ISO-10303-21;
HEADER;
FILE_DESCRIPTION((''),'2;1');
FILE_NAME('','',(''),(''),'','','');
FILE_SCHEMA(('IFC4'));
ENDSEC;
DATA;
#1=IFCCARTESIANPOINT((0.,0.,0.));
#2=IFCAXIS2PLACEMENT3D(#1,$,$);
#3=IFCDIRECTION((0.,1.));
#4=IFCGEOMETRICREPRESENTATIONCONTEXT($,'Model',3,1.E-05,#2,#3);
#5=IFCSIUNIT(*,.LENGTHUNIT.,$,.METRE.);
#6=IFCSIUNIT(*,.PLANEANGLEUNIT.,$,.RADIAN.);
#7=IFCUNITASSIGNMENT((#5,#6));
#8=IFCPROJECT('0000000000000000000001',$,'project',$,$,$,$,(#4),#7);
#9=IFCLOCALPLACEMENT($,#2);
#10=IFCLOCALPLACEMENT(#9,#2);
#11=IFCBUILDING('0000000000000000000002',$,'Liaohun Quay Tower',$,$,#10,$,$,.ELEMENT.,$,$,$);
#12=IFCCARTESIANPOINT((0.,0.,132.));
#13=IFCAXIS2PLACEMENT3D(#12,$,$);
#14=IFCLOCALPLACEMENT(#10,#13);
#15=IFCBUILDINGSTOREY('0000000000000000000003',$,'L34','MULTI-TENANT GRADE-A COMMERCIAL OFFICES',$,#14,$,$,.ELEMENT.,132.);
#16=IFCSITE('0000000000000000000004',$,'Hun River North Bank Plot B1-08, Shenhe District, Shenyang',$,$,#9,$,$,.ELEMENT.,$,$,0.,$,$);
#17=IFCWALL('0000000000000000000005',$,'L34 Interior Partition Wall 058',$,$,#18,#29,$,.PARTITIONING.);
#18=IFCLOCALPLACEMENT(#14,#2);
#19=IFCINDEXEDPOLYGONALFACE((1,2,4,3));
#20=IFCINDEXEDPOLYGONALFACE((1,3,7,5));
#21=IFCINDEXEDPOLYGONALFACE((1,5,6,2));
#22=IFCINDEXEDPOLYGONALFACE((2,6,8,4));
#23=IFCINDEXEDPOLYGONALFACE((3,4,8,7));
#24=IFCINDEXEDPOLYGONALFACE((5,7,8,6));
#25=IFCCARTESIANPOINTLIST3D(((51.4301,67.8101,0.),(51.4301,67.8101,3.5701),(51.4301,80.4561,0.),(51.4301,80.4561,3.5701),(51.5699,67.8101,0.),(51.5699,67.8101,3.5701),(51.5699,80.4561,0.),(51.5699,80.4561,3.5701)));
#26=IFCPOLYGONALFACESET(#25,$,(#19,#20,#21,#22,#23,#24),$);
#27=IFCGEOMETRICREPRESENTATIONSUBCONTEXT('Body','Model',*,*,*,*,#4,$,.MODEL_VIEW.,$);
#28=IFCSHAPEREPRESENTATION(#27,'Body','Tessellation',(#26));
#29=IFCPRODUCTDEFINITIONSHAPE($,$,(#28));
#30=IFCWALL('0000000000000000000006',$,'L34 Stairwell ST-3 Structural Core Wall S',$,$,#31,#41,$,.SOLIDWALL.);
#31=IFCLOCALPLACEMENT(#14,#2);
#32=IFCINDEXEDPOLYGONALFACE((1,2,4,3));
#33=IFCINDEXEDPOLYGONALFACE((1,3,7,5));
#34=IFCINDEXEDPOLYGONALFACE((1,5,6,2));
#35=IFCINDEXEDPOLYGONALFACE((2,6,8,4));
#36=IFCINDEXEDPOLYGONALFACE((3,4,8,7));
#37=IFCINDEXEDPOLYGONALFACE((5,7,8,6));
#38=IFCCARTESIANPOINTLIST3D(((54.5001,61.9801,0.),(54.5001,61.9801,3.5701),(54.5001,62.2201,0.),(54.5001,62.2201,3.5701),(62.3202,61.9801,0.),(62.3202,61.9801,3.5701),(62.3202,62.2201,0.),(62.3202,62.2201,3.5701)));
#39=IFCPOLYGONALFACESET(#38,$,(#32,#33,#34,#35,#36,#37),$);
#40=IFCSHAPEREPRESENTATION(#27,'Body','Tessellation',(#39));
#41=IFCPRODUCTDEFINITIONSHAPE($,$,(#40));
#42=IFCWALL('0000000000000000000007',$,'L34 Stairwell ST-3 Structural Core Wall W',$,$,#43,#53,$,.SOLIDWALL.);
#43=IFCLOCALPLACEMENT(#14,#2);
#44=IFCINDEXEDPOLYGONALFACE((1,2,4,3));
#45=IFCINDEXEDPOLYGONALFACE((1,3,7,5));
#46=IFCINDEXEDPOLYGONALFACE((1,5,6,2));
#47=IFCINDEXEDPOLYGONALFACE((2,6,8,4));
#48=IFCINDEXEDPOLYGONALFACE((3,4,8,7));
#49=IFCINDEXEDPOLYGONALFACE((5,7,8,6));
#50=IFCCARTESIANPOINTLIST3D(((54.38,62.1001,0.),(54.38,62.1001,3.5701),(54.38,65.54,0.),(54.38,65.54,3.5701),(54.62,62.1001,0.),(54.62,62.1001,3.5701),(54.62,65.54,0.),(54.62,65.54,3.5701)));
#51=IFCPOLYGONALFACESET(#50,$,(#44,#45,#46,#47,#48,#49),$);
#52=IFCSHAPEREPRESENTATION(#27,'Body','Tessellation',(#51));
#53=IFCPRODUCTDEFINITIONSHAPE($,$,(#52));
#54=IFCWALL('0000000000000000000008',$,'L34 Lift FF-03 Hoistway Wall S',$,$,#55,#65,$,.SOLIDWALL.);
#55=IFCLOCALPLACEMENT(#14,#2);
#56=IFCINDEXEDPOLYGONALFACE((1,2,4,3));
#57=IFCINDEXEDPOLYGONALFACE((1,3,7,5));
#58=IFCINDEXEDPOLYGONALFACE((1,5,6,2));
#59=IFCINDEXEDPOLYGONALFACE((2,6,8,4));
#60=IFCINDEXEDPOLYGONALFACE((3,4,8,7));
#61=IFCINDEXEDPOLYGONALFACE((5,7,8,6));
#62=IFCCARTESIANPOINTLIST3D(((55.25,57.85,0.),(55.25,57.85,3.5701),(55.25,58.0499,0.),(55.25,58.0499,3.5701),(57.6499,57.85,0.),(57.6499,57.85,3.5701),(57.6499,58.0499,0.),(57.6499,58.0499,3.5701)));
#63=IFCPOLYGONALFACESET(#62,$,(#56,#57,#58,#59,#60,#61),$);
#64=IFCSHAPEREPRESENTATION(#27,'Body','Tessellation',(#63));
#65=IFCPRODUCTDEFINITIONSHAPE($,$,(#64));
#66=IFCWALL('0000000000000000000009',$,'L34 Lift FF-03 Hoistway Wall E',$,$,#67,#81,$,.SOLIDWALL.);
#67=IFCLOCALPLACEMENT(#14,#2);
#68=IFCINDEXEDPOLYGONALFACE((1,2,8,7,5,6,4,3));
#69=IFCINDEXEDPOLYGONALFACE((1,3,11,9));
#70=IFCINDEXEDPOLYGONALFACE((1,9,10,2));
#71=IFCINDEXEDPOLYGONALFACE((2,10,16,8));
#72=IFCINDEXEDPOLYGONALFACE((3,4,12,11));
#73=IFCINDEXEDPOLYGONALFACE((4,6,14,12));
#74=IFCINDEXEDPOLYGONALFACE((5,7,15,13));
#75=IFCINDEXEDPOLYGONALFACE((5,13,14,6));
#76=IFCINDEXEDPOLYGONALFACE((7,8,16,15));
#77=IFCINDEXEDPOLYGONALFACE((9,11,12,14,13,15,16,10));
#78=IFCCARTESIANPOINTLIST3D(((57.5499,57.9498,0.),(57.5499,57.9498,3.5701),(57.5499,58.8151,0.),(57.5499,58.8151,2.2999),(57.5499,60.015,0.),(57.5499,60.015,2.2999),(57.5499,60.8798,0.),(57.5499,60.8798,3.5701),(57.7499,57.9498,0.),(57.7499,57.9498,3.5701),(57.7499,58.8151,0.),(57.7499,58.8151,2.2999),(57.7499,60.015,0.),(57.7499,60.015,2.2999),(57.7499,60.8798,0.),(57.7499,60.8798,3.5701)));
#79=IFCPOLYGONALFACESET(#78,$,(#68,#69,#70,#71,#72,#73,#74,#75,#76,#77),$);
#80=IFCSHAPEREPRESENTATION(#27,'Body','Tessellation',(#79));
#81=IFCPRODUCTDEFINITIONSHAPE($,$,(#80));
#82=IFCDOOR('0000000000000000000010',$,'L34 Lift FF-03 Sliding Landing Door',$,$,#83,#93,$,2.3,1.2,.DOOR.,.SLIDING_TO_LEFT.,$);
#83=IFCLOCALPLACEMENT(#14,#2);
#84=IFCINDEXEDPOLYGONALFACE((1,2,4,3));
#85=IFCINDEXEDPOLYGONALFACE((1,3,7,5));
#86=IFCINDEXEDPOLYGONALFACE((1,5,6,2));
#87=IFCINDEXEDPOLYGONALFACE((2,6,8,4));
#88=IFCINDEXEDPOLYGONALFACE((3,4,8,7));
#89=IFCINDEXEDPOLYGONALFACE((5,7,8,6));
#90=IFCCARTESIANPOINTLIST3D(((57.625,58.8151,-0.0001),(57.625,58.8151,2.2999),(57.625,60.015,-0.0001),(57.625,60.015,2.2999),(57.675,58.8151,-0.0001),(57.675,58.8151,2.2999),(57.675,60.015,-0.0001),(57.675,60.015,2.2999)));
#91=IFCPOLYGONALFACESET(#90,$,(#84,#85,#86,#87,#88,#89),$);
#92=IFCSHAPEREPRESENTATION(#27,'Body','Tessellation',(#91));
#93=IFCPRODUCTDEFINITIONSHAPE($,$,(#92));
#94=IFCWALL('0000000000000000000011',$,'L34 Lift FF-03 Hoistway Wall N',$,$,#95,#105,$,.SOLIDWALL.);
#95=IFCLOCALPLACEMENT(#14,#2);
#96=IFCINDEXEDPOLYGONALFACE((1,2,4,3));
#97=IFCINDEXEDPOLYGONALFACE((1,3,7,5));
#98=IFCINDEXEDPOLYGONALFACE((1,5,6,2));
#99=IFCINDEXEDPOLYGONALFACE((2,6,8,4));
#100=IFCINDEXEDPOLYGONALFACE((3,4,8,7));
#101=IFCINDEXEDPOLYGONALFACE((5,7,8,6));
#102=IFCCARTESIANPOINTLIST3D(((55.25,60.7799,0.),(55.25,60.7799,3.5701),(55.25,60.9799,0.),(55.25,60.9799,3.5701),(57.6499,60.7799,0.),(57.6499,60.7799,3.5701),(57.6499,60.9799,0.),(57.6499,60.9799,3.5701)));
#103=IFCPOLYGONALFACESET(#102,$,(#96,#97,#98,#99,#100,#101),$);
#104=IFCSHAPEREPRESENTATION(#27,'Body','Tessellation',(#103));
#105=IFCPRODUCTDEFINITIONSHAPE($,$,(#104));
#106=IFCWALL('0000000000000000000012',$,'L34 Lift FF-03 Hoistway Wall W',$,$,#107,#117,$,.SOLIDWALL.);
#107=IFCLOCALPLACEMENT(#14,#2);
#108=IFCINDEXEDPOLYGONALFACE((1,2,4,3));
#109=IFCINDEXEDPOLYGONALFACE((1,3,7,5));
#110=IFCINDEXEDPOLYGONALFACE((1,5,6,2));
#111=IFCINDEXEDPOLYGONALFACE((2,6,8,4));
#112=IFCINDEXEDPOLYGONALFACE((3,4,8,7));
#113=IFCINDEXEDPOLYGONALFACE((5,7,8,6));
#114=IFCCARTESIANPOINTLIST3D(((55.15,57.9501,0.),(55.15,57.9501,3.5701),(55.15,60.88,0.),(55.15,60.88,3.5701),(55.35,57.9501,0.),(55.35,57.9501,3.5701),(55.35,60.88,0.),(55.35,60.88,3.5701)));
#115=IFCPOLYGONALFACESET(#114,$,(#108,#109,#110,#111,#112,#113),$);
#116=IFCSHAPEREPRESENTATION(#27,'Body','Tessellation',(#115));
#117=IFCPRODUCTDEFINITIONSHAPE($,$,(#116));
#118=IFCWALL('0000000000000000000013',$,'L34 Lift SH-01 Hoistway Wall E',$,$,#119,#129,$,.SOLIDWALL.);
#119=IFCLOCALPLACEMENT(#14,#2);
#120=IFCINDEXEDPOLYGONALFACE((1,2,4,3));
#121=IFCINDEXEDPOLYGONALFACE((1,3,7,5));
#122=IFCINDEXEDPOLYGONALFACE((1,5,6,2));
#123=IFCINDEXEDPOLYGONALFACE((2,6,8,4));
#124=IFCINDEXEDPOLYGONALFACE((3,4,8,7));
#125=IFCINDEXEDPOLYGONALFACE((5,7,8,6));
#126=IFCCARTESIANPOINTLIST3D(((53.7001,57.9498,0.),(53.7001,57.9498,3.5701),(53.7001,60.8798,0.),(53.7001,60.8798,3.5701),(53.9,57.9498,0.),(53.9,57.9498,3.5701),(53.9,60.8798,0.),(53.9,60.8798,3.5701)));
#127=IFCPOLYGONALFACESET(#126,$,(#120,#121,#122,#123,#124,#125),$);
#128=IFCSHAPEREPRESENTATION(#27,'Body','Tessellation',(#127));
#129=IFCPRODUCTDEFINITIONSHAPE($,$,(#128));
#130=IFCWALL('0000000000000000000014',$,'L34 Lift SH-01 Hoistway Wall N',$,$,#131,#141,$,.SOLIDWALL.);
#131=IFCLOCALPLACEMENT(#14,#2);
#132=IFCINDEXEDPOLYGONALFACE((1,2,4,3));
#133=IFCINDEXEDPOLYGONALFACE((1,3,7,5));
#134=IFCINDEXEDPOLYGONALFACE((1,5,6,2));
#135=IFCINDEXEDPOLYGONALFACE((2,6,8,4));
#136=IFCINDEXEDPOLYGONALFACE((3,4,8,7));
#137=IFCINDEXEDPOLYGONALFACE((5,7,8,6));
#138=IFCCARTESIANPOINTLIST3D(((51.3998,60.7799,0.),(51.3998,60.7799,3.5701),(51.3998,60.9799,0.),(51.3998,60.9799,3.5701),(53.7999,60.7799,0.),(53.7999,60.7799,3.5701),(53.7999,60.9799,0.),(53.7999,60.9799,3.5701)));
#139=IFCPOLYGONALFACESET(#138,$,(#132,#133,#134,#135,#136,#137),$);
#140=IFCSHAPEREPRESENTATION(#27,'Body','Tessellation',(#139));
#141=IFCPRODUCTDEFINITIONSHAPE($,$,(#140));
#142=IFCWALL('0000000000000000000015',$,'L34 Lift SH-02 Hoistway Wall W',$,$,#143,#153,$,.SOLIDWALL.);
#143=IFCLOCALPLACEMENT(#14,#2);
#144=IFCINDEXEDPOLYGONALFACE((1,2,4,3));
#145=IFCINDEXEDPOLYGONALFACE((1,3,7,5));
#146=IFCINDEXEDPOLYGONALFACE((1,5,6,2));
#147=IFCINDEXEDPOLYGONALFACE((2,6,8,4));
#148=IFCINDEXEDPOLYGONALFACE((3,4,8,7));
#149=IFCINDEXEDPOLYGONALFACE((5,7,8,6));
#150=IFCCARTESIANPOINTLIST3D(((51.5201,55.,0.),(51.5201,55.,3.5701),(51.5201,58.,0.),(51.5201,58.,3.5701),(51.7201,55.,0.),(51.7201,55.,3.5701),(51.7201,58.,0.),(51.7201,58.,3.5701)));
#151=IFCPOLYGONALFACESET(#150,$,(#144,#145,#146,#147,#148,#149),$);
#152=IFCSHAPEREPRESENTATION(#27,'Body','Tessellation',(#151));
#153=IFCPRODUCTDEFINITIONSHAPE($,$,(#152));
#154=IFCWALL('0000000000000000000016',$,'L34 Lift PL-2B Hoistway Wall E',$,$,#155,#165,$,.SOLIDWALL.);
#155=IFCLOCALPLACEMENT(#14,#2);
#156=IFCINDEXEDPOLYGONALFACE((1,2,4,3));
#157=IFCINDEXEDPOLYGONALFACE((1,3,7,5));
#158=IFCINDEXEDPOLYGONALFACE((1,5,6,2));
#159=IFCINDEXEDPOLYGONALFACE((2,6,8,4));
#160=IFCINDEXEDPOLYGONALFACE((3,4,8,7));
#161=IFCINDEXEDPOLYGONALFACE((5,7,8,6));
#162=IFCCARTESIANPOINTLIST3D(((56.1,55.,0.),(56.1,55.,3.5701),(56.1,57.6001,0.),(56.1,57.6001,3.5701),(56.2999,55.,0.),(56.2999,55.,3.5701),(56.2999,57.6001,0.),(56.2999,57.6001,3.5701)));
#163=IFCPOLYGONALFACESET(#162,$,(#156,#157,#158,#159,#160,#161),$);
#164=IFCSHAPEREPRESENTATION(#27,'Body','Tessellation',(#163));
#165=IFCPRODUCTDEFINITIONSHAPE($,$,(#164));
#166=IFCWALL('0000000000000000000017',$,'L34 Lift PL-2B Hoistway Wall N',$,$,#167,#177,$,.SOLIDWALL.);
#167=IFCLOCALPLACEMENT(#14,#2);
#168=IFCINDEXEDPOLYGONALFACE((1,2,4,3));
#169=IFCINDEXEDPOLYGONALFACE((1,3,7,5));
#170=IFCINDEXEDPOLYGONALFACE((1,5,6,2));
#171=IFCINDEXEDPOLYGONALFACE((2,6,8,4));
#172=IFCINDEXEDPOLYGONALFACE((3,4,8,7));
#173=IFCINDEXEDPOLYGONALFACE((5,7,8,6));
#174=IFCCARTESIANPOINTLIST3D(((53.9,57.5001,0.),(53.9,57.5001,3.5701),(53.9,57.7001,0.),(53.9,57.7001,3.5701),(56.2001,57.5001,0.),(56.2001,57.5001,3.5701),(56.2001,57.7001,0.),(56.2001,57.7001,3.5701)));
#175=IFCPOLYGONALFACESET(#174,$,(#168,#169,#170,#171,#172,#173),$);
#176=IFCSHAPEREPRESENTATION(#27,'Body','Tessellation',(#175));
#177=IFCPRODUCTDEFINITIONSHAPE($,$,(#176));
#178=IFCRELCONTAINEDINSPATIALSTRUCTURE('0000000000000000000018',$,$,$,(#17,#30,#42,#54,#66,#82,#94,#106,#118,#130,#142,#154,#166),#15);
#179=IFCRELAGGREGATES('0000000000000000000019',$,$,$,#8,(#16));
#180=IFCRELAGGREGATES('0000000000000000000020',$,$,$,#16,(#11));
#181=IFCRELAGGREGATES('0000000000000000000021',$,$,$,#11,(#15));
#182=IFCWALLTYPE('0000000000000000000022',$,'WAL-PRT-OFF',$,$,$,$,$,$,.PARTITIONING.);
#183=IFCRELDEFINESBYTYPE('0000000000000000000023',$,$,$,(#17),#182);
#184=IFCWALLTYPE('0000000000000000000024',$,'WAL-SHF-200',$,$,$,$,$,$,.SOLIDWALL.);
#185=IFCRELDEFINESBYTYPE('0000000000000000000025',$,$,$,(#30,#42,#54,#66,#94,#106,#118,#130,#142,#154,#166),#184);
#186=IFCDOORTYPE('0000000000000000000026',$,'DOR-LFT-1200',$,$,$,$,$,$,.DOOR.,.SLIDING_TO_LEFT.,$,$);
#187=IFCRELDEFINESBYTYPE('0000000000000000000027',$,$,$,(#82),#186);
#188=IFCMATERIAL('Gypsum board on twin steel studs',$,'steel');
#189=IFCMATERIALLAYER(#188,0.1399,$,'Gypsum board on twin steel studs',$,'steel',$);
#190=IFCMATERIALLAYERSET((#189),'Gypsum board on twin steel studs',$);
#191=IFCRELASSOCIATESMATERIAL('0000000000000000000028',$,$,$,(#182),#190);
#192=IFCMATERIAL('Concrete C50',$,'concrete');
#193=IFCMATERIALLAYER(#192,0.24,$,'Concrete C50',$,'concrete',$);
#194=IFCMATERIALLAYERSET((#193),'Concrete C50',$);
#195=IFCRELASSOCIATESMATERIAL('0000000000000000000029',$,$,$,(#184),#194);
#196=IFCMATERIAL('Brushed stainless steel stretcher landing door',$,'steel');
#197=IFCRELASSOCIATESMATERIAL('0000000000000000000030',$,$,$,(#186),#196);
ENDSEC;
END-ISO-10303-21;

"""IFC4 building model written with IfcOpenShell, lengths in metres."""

from ifc_helpers import new_model, si_unit, direction, frame, frame_2d, origin, place, context, subcontext, project, spatial, rectangle, extrude, source, transform, mapped, material, layer, layer_set, type_object, element, fill, save


model = new_model("IFC4")

# Units and contexts
model_context = context("Model", 3, precision=1e-05, world=origin(), true_north=direction((0.0, 1.0)))
body_context = subcontext(model_context, "Body", "Model", "MODEL_VIEW")
ifc_project = project(units=[si_unit("LENGTHUNIT", "METRE"), si_unit("PLANEANGLEUNIT", "RADIAN")], contexts=[model_context])

# Site, building, storey
site_placement = place(None, origin())
site = spatial("IfcSite", under=ifc_project, at=site_placement, Name="Hun River North Bank Plot B1-08, Shenhe District, Shenyang", CompositionType="ELEMENT", RefElevation=0.0)
building_placement = place(site_placement, origin())
building = spatial("IfcBuilding", under=site, at=building_placement, Name="Liaohun Quay Tower", CompositionType="ELEMENT")
storey_placement = place(building_placement, frame((0.0, 0.0, 132.0)))
storey = spatial("IfcBuildingStorey", under=building, at=storey_placement, Name="L34", Description="MULTI-TENANT GRADE-A COMMERCIAL OFFICES", CompositionType="ELEMENT", Elevation=132.0)

# Walls
ifc_material_1 = material(Name="Gypsum board on twin steel studs", Category="steel")
ifc_layer_1 = layer(ifc_material_1, 0.1399, Name="Gypsum board on twin steel studs", Category="steel")
ifc_layer_set_1 = layer_set([ifc_layer_1], Name="Gypsum board on twin steel studs")
wall_type_1 = type_object("IfcWallType", Name="WAL-PRT-OFF", PredefinedType="PARTITIONING", material=ifc_layer_set_1)
wall_1_placement = place(storey_placement, frame((51.5, 67.8101, 0.0), z_axis=(0.0, 0.0, 1.0), x_axis=(0.0, 1.0, 0.0)))
element("IfcWall", 1, at=wall_1_placement, inside=storey, type_object=wall_type_1, Name="L34 Interior Partition Wall 058", PredefinedType="PARTITIONING", context=body_context, shape_type="SweptSolid", body=[
    extrude(rectangle(XDim=12.646, YDim=0.1399, at=frame_2d((6.323, 0.0))), origin(), (0.0, 0.0, 1.0), 3.5701),
])
ifc_material_2 = material(Name="Concrete C50", Category="concrete")
ifc_layer_2 = layer(ifc_material_2, 0.24, Name="Concrete C50", Category="concrete")
ifc_layer_set_2 = layer_set([ifc_layer_2], Name="Concrete C50")
wall_type_2 = type_object("IfcWallType", Name="WAL-SHF-200", PredefinedType="SOLIDWALL", material=ifc_layer_set_2)
wall_2_placement = place(storey_placement, frame((54.5, 62.1001, 0.0), z_axis=(0.0, 0.0, 1.0), x_axis=(1.0, 0.0, 0.0)))
element("IfcWall", 2, at=wall_2_placement, inside=storey, type_object=wall_type_2, Name="L34 Stairwell ST-3 Structural Core Wall S", PredefinedType="SOLIDWALL", context=body_context, shape_type="SweptSolid", body=[
    extrude(rectangle(XDim=7.8201, YDim=0.24, at=frame_2d((3.9102, 0.0))), origin(), (0.0, 0.0, 1.0), 3.5701),
])
wall_3_placement = place(storey_placement, frame((54.5, 65.54, 0.0), z_axis=(0.0, 0.0, 1.0), x_axis=(0.0, -1.0, 0.0)))
element("IfcWall", 3, at=wall_3_placement, inside=storey, type_object=wall_type_2, Name="L34 Stairwell ST-3 Structural Core Wall W", PredefinedType="SOLIDWALL", context=body_context, shape_type="SweptSolid", body=[
    extrude(rectangle(XDim=3.4399, YDim=0.24, at=frame_2d((1.72, 0.0))), origin(), (0.0, 0.0, 1.0), 3.5701),
])
wall_4_placement = place(storey_placement, frame((55.25, 57.95, 0.0), z_axis=(0.0, 0.0, 1.0), x_axis=(1.0, 0.0, 0.0)))
element("IfcWall", 4, at=wall_4_placement, inside=storey, type_object=wall_type_2, Name="L34 Lift FF-03 Hoistway Wall S", PredefinedType="SOLIDWALL", context=body_context, shape_type="SweptSolid", body=[
    extrude(rectangle(XDim=2.3999, YDim=0.2, at=frame_2d((1.2, 0.0))), origin(), (0.0, 0.0, 1.0), 3.5701),
])

# Wall, opening, door
wall_5_placement = place(storey_placement, frame((57.6499, 57.95, 0.0), z_axis=(0.0, 0.0, 1.0), x_axis=(0.0, 1.0, 0.0)))
wall_5 = element("IfcWall", 5, at=wall_5_placement, inside=storey, type_object=wall_type_2, Name="L34 Lift FF-03 Hoistway Wall E", PredefinedType="SOLIDWALL", context=body_context, shape_type="SweptSolid", body=[
    extrude(rectangle(XDim=2.9299, YDim=0.2, at=frame_2d((1.4648, 0.0))), origin(), (0.0, 0.0, 1.0), 3.5701),
])
shared_shape_1 = source(origin(), body_context, "Body", "SweptSolid", [
    extrude(rectangle(XDim=1.2, YDim=2.3, at=frame_2d((0.6001, 1.1499))), frame((0.0, 0.1099, 0.0), z_axis=(0.0, -1.0, 0.0), x_axis=(1.0, 0.0, 0.0)), (0.0, 0.0, 1.0), 0.22),
])
opening_1_placement = place(wall_5_placement, frame((0.865, 0.0, 0.0)))
opening_1 = element("IfcOpeningElement", 6, at=opening_1_placement, cuts=wall_5, PredefinedType="OPENING", context=body_context, shape_type="MappedRepresentation", body=[
    mapped(shared_shape_1, transform((0.0, 0.0, 0.0), x_axis=(1.0, 0.0, 0.0), y_axis=(0.0, 1.0, 0.0), z_axis=(0.0, 0.0, 1.0), scale=1.0)),
])
ifc_material_3 = material(Name="Brushed stainless steel stretcher landing door", Category="steel")
door_type_1 = type_object("IfcDoorType", Name="DOR-LFT-1200", OperationType="SLIDING_TO_LEFT", PredefinedType="DOOR", material=ifc_material_3)
shared_shape_2 = source(origin(), body_context, "Body", "SweptSolid", [
    extrude(rectangle(XDim=1.2, YDim=2.3, at=frame_2d((0.6001, 1.1499))), frame((0.0, 0.0249, 0.0), z_axis=(0.0, -1.0, 0.0), x_axis=(1.0, 0.0, 0.0)), (0.0, 0.0, 1.0), 0.05),
])
door_1_placement = place(opening_1_placement, origin())
door_1 = element("IfcDoor", 7, at=door_1_placement, inside=storey, type_object=door_type_1, Name="L34 Lift FF-03 Sliding Landing Door", OperationType="SLIDING_TO_LEFT", OverallHeight=2.3, OverallWidth=1.2, PredefinedType="DOOR", context=body_context, shape_type="MappedRepresentation", body=[
    mapped(shared_shape_2, transform((0.0, 0.0, 0.0), x_axis=(1.0, 0.0, 0.0), y_axis=(0.0, 1.0, 0.0), z_axis=(0.0, 0.0, 1.0), scale=1.0)),
])
fill(opening_1, door_1)

# Walls
wall_6_placement = place(storey_placement, frame((57.6499, 60.8799, 0.0), z_axis=(0.0, 0.0, 1.0), x_axis=(-1.0, 0.0, 0.0)))
element("IfcWall", 8, at=wall_6_placement, inside=storey, type_object=wall_type_2, Name="L34 Lift FF-03 Hoistway Wall N", PredefinedType="SOLIDWALL", context=body_context, shape_type="SweptSolid", body=[
    extrude(rectangle(XDim=2.3999, YDim=0.2, at=frame_2d((1.2, 0.0))), origin(), (0.0, 0.0, 1.0), 3.5701),
])
for number, where, z_axis, x_axis, name in (
    (9, (55.25, 60.8799, 0.0), (0.0, 0.0, 1.0), (0.0, -1.0, 0.0), "L34 Lift FF-03 Hoistway Wall W"),
    (10, (53.8, 57.95, 0.0), (0.0, 0.0, 1.0), (0.0, 1.0, 0.0), "L34 Lift SH-01 Hoistway Wall E"),
):
    element("IfcWall", number, at=place(storey_placement, frame(where, z_axis=z_axis, x_axis=x_axis)), inside=storey, type_object=wall_type_2, Name=name, PredefinedType="SOLIDWALL", context=body_context, shape_type="SweptSolid", body=[
        extrude(rectangle(XDim=2.9299, YDim=0.2, at=frame_2d((1.4648, 0.0))), origin(), (0.0, 0.0, 1.0), 3.5701),
    ])
wall_7_placement = place(storey_placement, frame((53.8, 60.8799, 0.0), z_axis=(0.0, 0.0, 1.0), x_axis=(-1.0, 0.0, 0.0)))
element("IfcWall", 11, at=wall_7_placement, inside=storey, type_object=wall_type_2, Name="L34 Lift SH-01 Hoistway Wall N", PredefinedType="SOLIDWALL", context=body_context, shape_type="SweptSolid", body=[
    extrude(rectangle(XDim=2.4001, YDim=0.2, at=frame_2d((1.2002, 0.0))), origin(), (0.0, 0.0, 1.0), 3.5701),
])
wall_8_placement = place(storey_placement, frame((51.6201, 58.0, 0.0), z_axis=(0.0, 0.0, 1.0), x_axis=(0.0, -1.0, 0.0)))
element("IfcWall", 12, at=wall_8_placement, inside=storey, type_object=wall_type_2, Name="L34 Lift SH-02 Hoistway Wall W", PredefinedType="SOLIDWALL", context=body_context, shape_type="SweptSolid", body=[
    extrude(rectangle(XDim=3.0, YDim=0.2, at=frame_2d((1.5, 0.0))), origin(), (0.0, 0.0, 1.0), 3.5701),
])
wall_9_placement = place(storey_placement, frame((56.2, 55.0, 0.0), z_axis=(0.0, 0.0, 1.0), x_axis=(0.0, 1.0, 0.0)))
element("IfcWall", 13, at=wall_9_placement, inside=storey, type_object=wall_type_2, Name="L34 Lift PL-2B Hoistway Wall E", PredefinedType="SOLIDWALL", context=body_context, shape_type="SweptSolid", body=[
    extrude(rectangle(XDim=2.6001, YDim=0.2, at=frame_2d((1.3, 0.0))), origin(), (0.0, 0.0, 1.0), 3.5701),
])
wall_10_placement = place(storey_placement, frame((56.2, 57.6001, 0.0), z_axis=(0.0, 0.0, 1.0), x_axis=(-1.0, 0.0, 0.0)))
element("IfcWall", 14, at=wall_10_placement, inside=storey, type_object=wall_type_2, Name="L34 Lift PL-2B Hoistway Wall N", PredefinedType="SOLIDWALL", context=body_context, shape_type="SweptSolid", body=[
    extrude(rectangle(XDim=2.3, YDim=0.2, at=frame_2d((1.1499, 0.0))), origin(), (0.0, 0.0, 1.0), 3.5701),
])

save(model, "model.ifc")
